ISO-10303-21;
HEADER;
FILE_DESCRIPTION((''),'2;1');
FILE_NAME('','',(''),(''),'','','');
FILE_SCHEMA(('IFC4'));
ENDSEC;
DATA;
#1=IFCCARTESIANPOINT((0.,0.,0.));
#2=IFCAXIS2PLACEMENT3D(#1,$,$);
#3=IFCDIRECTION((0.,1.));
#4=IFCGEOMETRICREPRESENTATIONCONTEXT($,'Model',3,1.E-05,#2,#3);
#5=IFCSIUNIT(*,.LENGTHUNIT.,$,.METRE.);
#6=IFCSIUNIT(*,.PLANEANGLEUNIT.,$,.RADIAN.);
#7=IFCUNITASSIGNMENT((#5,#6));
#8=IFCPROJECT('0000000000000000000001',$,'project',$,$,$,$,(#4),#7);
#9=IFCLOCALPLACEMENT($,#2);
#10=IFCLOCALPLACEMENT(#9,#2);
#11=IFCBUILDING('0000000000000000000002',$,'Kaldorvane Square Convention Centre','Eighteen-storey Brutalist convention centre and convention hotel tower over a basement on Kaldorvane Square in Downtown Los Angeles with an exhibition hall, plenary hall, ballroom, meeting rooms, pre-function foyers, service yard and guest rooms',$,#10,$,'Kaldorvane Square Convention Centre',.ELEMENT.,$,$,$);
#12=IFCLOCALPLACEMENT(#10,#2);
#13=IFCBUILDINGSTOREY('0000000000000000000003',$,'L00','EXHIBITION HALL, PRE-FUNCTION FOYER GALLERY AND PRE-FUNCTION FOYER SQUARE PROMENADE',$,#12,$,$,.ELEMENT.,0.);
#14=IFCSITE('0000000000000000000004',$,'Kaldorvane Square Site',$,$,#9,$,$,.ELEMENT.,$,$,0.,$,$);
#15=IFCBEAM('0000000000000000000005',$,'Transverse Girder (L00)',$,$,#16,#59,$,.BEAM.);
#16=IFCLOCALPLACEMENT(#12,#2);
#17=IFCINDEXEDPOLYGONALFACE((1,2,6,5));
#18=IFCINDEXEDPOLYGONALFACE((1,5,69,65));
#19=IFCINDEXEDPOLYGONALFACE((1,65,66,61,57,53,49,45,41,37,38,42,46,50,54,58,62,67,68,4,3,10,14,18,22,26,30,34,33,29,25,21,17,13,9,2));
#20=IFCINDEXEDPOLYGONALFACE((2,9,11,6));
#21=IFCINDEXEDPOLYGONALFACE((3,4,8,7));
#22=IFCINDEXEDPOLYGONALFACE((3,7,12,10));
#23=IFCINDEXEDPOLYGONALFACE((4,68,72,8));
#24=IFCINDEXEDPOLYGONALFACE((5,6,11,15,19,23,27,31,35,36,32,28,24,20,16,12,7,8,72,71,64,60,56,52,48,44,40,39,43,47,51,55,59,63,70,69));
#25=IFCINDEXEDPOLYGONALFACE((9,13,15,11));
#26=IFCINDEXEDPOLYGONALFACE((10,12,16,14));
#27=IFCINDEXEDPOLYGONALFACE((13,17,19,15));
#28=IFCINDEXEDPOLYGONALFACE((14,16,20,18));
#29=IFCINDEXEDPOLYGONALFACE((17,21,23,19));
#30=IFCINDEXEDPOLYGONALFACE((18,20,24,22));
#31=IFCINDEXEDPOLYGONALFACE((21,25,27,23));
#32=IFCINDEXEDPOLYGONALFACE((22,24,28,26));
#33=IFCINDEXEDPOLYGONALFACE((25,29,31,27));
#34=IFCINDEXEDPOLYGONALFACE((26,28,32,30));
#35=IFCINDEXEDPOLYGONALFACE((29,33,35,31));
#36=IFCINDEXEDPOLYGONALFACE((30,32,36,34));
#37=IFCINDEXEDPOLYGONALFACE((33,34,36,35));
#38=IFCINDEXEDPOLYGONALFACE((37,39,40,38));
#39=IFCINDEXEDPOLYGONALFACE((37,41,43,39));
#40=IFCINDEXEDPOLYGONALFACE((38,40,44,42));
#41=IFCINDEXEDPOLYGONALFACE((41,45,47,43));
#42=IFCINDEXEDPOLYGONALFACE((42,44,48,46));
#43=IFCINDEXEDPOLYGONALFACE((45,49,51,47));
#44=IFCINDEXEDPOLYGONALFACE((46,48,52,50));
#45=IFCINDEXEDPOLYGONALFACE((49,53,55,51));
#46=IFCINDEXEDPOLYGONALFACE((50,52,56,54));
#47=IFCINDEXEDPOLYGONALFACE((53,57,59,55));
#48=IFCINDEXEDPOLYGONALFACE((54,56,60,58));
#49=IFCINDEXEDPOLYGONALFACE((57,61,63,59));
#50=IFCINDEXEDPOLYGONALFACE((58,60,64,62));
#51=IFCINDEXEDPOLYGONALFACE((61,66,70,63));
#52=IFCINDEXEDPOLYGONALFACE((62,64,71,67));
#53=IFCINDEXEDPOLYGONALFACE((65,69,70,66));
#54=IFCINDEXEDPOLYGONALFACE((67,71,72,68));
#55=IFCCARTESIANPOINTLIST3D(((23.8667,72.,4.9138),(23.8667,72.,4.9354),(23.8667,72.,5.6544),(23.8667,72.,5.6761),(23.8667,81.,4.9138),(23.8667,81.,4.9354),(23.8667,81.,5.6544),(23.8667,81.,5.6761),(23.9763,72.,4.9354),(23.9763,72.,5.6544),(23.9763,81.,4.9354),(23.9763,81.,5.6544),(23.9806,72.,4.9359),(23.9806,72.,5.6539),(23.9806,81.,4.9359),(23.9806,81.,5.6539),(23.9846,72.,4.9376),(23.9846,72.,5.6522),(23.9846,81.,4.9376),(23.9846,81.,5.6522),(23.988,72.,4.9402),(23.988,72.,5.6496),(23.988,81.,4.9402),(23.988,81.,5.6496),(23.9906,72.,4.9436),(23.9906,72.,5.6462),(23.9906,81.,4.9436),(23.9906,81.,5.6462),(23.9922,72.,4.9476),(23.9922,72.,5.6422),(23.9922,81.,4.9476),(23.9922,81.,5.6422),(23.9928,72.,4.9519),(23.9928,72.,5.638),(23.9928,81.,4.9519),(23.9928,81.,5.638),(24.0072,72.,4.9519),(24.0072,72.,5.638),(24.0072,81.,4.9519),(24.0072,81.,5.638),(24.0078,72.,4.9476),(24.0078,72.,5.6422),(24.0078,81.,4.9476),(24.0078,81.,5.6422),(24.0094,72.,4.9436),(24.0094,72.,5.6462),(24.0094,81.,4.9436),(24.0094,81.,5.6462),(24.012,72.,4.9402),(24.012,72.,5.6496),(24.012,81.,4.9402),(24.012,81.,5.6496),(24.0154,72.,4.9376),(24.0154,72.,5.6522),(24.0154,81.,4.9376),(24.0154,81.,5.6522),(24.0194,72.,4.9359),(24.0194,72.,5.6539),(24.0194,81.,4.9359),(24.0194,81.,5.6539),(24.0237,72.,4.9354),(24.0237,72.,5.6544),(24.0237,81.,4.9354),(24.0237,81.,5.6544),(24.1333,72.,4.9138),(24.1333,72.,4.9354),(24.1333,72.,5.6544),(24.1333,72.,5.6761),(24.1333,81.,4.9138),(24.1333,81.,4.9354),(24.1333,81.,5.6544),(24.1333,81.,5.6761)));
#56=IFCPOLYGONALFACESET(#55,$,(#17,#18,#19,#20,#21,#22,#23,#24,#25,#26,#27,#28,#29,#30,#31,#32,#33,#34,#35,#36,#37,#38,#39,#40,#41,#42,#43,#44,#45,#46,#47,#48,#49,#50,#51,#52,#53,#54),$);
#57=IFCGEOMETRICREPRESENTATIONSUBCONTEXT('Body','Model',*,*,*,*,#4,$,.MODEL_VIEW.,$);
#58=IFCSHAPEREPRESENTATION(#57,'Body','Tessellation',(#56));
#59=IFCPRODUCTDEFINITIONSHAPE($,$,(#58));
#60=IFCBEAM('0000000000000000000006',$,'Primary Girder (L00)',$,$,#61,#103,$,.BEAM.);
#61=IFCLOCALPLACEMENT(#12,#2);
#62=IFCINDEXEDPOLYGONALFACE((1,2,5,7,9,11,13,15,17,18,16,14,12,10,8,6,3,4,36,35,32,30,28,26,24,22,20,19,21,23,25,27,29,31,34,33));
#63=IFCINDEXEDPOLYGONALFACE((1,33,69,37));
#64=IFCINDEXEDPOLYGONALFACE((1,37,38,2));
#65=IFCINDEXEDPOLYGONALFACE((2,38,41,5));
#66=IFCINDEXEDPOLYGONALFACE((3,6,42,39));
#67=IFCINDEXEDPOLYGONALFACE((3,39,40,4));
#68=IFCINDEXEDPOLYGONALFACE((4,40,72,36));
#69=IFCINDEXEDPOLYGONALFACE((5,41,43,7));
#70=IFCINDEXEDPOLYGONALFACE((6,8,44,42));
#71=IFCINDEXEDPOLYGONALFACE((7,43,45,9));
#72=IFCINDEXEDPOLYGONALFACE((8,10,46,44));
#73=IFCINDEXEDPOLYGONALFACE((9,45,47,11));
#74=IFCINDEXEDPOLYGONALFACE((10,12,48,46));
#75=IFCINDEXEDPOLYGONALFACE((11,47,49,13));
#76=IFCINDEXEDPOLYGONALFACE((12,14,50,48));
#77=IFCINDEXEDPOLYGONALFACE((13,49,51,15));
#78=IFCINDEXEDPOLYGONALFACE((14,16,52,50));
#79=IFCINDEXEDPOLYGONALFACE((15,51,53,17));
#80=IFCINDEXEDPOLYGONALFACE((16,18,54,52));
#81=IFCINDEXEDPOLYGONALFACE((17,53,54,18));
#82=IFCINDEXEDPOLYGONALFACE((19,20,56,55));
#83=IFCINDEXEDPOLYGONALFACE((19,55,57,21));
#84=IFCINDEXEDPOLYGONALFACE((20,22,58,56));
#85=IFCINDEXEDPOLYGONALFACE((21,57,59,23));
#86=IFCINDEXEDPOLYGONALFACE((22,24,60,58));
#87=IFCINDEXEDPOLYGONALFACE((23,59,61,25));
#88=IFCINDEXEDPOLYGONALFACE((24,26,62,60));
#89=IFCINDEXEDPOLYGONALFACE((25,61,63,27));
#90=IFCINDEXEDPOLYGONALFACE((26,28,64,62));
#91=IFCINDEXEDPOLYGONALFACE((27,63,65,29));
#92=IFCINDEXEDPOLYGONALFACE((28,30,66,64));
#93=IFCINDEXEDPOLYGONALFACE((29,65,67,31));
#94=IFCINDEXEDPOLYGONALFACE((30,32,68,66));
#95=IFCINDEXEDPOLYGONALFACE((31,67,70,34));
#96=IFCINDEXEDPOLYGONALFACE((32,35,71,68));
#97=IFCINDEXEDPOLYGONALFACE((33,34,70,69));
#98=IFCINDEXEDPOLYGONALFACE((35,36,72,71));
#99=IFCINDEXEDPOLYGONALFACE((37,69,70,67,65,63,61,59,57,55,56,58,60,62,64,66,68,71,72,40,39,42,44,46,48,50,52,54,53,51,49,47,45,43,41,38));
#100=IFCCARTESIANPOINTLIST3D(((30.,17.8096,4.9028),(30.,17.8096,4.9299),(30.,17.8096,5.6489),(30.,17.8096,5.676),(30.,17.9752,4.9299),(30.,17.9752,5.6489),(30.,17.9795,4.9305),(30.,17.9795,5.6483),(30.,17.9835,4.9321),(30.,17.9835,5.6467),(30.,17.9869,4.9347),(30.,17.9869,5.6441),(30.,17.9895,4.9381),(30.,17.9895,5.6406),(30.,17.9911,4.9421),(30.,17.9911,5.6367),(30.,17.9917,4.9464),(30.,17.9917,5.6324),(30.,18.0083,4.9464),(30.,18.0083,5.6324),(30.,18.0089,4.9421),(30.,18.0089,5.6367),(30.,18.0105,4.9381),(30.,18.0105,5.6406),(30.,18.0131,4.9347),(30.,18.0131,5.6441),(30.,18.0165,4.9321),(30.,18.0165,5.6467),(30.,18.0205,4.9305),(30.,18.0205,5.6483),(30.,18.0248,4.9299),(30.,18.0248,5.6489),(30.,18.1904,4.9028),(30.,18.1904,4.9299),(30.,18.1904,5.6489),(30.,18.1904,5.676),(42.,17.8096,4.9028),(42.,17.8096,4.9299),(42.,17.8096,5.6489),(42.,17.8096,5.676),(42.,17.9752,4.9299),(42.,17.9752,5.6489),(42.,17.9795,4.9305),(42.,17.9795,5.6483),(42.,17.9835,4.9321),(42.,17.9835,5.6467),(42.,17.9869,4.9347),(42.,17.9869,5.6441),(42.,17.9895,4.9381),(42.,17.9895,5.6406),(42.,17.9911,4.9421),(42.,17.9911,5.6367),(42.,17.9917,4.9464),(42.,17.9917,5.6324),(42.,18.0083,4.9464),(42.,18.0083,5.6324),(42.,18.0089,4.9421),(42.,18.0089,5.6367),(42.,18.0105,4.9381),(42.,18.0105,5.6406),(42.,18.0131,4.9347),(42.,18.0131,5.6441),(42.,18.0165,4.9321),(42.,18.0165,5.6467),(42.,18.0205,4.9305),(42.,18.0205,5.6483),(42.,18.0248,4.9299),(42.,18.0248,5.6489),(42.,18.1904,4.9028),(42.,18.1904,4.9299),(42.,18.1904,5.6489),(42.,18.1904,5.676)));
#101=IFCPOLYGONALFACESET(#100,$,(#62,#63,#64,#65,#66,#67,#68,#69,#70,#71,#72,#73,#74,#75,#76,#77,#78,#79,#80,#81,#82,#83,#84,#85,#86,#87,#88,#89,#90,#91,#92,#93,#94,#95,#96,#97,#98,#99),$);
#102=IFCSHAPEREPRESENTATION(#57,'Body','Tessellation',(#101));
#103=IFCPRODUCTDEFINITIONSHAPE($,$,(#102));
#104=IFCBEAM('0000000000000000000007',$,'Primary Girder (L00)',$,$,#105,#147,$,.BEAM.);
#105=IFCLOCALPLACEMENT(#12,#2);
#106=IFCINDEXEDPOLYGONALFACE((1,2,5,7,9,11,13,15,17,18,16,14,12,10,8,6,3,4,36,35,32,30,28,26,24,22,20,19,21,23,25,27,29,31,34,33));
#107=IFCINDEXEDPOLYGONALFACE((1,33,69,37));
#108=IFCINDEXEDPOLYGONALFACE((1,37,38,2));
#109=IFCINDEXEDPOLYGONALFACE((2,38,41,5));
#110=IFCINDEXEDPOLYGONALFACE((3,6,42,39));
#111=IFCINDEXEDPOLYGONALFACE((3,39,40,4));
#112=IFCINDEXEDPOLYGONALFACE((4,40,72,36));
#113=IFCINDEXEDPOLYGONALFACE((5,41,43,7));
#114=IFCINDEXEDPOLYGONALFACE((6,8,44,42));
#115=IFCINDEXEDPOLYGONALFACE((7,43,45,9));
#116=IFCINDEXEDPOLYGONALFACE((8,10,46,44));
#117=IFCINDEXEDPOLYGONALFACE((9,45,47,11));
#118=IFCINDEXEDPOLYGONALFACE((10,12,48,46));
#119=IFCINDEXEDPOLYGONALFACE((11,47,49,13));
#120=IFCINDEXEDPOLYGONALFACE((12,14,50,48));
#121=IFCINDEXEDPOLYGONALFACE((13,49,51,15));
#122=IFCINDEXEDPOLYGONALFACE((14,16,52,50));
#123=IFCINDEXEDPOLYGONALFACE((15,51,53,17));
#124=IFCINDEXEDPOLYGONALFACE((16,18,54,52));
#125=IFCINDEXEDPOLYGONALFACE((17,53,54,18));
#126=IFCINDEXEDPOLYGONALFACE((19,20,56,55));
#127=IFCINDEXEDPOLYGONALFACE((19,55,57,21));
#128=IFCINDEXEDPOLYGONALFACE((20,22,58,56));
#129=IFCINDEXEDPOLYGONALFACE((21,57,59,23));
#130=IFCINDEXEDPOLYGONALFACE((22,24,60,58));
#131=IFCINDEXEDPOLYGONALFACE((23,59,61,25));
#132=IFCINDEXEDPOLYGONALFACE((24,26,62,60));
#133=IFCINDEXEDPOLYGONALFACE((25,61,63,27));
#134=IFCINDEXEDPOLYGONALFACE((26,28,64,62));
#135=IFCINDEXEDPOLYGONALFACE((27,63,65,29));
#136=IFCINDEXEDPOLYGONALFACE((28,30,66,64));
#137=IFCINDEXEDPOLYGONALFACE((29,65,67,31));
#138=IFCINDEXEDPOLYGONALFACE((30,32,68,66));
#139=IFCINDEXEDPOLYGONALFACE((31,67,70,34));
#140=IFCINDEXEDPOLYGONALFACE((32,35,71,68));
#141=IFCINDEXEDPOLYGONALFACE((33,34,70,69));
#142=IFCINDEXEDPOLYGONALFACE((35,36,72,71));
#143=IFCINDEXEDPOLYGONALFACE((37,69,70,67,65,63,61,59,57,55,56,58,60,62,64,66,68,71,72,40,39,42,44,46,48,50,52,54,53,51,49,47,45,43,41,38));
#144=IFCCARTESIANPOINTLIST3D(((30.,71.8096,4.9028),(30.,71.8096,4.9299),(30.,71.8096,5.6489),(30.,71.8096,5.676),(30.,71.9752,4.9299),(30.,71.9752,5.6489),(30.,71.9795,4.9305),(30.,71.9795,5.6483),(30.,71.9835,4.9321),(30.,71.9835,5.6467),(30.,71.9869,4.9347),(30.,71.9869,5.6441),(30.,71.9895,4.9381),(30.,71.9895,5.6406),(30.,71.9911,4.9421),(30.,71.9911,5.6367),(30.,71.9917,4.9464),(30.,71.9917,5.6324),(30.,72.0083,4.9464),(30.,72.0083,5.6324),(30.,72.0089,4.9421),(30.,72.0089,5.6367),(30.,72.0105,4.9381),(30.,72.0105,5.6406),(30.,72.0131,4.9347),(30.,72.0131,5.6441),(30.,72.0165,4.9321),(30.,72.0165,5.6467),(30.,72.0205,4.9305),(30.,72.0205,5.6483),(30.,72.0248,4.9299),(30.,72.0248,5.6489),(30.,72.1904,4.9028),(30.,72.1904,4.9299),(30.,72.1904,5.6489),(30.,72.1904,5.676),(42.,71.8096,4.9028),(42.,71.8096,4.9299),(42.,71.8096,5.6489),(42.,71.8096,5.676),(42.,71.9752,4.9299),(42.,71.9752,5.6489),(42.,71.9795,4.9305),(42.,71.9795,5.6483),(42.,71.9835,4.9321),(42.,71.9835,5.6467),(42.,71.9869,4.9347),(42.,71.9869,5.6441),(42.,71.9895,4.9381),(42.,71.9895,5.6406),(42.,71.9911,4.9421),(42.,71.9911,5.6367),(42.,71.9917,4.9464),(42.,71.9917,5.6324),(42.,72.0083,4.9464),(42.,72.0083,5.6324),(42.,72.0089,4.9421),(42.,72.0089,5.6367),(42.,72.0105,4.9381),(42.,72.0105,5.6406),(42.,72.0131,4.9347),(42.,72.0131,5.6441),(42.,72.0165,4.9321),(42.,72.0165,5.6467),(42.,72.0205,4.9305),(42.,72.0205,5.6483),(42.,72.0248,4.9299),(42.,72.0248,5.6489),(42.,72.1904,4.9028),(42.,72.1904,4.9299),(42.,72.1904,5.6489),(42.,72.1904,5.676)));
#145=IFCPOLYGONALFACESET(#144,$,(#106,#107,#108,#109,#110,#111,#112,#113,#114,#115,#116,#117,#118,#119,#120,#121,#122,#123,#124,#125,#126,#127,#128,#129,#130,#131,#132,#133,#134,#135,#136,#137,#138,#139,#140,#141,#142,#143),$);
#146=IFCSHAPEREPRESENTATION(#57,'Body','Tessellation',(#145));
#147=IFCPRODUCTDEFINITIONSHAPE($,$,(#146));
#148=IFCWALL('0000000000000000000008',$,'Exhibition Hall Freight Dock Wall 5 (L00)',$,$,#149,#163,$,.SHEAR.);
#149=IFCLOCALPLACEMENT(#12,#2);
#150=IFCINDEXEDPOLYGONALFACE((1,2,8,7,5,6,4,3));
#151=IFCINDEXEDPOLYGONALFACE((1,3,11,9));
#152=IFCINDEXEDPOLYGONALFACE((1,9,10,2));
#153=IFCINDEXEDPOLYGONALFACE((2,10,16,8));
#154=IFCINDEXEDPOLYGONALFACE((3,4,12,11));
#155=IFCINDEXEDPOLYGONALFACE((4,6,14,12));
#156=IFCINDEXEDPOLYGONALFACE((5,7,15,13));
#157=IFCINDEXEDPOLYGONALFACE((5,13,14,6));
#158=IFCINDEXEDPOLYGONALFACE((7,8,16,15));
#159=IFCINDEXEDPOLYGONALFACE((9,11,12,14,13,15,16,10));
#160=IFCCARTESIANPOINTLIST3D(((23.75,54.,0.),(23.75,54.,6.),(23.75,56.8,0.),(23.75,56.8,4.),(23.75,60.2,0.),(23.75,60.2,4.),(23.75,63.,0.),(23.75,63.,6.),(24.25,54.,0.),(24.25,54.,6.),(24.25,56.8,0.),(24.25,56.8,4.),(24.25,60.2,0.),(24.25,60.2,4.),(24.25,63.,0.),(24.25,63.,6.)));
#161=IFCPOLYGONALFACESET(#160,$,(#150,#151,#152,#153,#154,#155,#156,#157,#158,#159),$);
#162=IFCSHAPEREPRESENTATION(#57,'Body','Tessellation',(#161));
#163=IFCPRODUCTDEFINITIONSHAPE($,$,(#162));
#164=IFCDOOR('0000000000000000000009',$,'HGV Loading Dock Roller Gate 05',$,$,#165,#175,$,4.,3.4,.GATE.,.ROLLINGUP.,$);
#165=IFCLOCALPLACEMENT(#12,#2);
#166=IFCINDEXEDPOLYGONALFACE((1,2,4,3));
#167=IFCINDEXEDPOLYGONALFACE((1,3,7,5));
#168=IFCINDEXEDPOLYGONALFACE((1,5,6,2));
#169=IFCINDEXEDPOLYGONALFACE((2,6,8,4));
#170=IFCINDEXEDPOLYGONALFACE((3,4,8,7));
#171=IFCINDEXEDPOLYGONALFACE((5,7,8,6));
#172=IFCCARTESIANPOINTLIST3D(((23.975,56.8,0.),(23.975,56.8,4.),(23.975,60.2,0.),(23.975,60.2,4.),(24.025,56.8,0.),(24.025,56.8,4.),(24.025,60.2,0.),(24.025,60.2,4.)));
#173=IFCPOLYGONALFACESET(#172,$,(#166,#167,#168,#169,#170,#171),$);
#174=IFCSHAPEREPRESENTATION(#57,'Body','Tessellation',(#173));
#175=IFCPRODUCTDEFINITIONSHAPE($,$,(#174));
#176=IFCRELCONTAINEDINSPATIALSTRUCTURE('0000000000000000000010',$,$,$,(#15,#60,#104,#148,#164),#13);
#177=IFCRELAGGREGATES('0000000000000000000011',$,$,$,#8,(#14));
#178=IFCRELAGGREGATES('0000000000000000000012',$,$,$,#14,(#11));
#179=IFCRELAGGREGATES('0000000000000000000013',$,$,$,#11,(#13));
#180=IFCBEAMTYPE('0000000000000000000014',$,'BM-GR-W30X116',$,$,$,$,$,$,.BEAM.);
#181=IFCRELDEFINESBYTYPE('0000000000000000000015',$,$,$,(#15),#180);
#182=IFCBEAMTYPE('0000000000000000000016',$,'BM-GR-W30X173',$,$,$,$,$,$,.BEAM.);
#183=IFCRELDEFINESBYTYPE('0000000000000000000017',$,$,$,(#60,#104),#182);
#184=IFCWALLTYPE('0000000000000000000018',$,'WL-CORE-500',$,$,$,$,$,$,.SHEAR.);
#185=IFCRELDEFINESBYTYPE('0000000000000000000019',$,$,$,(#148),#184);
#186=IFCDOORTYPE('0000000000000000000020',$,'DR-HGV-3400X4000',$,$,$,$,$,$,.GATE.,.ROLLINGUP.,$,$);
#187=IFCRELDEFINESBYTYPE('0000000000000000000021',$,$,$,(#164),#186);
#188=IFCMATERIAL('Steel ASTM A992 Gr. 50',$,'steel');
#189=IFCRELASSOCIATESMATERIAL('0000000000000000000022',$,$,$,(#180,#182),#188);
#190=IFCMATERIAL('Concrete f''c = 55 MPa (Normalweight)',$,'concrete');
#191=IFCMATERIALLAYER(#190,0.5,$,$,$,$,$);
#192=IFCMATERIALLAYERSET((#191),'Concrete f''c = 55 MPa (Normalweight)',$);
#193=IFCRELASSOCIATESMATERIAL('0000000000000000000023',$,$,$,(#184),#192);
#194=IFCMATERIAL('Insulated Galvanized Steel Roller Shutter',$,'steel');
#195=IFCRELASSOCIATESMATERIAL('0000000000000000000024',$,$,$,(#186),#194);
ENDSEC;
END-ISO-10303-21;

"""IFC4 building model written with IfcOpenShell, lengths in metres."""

from ifc_helpers import new_model, si_unit, direction, frame, frame_2d, origin, origin_2d, place, context, subcontext, project, spatial, rectangle, i_section, extrude, material, layer, layer_set, material_profile, profile_set, type_object, element, fill, save


model = new_model("IFC4")

# Units and contexts
model_context = context("Model", 3, precision=1e-05, world=origin(), true_north=direction((0.0, 1.0)))
body_context = subcontext(model_context, "Body", "Model", "MODEL_VIEW")
ifc_project = project(units=[si_unit("LENGTHUNIT", "METRE"), si_unit("PLANEANGLEUNIT", "RADIAN")], contexts=[model_context])

# Site, building, storey
site_placement = place(None, origin())
site = spatial("IfcSite", under=ifc_project, at=site_placement, Name="Kaldorvane Square Site", CompositionType="ELEMENT", RefElevation=0.0)
building_placement = place(site_placement, origin())
building = spatial("IfcBuilding", under=site, at=building_placement, Name="Kaldorvane Square Convention Centre", Description="Eighteen-storey Brutalist convention centre and convention hotel tower over a basement on Kaldorvane Square in Downtown Los Angeles with an exhibition hall, plenary hall, ballroom, meeting rooms, pre-function foyers, service yard and guest rooms", LongName="Kaldorvane Square Convention Centre", CompositionType="ELEMENT")
storey_placement = place(building_placement, origin())
storey = spatial("IfcBuildingStorey", under=building, at=storey_placement, Name="L00", Description="EXHIBITION HALL, PRE-FUNCTION FOYER GALLERY AND PRE-FUNCTION FOYER SQUARE PROMENADE", CompositionType="ELEMENT", Elevation=0.0)

# Shared definitions
ifc_material_1 = material(Name="Concrete f'c = 55 MPa (Normalweight)", Category="concrete")
ifc_material_2 = material(Name="Steel ASTM A992 Gr. 50", Category="steel")

# Beams
ifc_material_profile_1 = material_profile(ifc_material_2, i_section(OverallWidth=0.2666, OverallDepth=0.7623, WebThickness=0.0144, FlangeThickness=0.0216, FilletRadius=0.0165, at=origin_2d()), Name="W30X116")
ifc_profile_set_1 = profile_set([ifc_material_profile_1], Name="Steel ASTM A992 Gr. 50")
beam_type_1 = type_object("IfcBeamType", Name="BM-GR-W30X116", PredefinedType="BEAM", material=ifc_profile_set_1)
for number, where, z_axis, x_axis, name in (
    (1, (24.0, 72.0, 5.2949), (0.0, 1.0, 0.0), (-1.0, 0.0, 0.0), "Transverse Girder (L00)"),
):
    element("IfcBeam", number, at=place(storey_placement, frame(where, z_axis=z_axis, x_axis=x_axis)), inside=storey, type_object=beam_type_1, Name=name, PredefinedType="BEAM", context=body_context, shape_type="SweptSolid", body=[
        extrude(i_section(OverallWidth=0.2666, OverallDepth=0.7623, WebThickness=0.0144, FlangeThickness=0.0216, FilletRadius=0.0165, at=origin_2d()), origin(), (0.0, 0.0, 1.0), 9.0),
    ])
ifc_material_profile_2 = material_profile(ifc_material_2, i_section(OverallWidth=0.3807, OverallDepth=0.7732, WebThickness=0.0166, FlangeThickness=0.0271, FilletRadius=0.0165, at=origin_2d()), Name="W30X173")
ifc_profile_set_2 = profile_set([ifc_material_profile_2], Name="Steel ASTM A992 Gr. 50")
beam_type_2 = type_object("IfcBeamType", Name="BM-GR-W30X173", PredefinedType="BEAM", material=ifc_profile_set_2)
for number, where, z_axis, x_axis, name in (
    (2, (30.0, 18.0, 5.2894), (1.0, 0.0, 0.0), (0.0, 1.0, 0.0), "Primary Girder (L00)"),
    (3, (30.0, 72.0, 5.2894), (1.0, 0.0, 0.0), (0.0, 1.0, 0.0), "Primary Girder (L00)"),
):
    element("IfcBeam", number, at=place(storey_placement, frame(where, z_axis=z_axis, x_axis=x_axis)), inside=storey, type_object=beam_type_2, Name=name, PredefinedType="BEAM", context=body_context, shape_type="SweptSolid", body=[
        extrude(i_section(OverallWidth=0.3807, OverallDepth=0.7732, WebThickness=0.0166, FlangeThickness=0.0271, FilletRadius=0.0165, at=origin_2d()), origin(), (0.0, 0.0, 1.0), 12.0),
    ])

# Wall, opening, door
ifc_layer_1 = layer(ifc_material_1, 0.5)
ifc_layer_set_1 = layer_set([ifc_layer_1], Name="Concrete f'c = 55 MPa (Normalweight)")
wall_type_1 = type_object("IfcWallType", Name="WL-CORE-500", PredefinedType="SHEAR", material=ifc_layer_set_1)
ifc_material_3 = material(Name="Insulated Galvanized Steel Roller Shutter", Category="steel")
wall_1_placement = place(storey_placement, frame((24.0, 63.0, 0.0), z_axis=(0.0, 0.0, 1.0), x_axis=(0.0, -1.0, 0.0)))
wall_1 = element("IfcWall", 4, at=wall_1_placement, inside=storey, type_object=wall_type_1, Name="Exhibition Hall Freight Dock Wall 5 (L00)", PredefinedType="SHEAR", context=body_context, shape_type="SweptSolid", body=[
    extrude(rectangle(XDim=9.0, YDim=0.5, at=frame_2d((4.5, 0.0))), origin(), (0.0, 0.0, 1.0), 6.0),
])
opening_1_placement = place(wall_1_placement, frame((2.8, 0.0, 0.0)))
opening_1 = element("IfcOpeningElement", 5, at=opening_1_placement, cuts=wall_1, PredefinedType="OPENING", context=body_context, shape_type="SweptSolid", body=[
    extrude(rectangle(XDim=3.4, YDim=4.0, at=frame_2d((1.7, 2.0))), frame((0.0, 0.265, 0.0), z_axis=(0.0, -1.0, 0.0), x_axis=(1.0, 0.0, 0.0)), (0.0, 0.0, 1.0), 0.53),
])
door_type_1 = type_object("IfcDoorType", Name="DR-HGV-3400X4000", OperationType="ROLLINGUP", PredefinedType="GATE", material=ifc_material_3)
door_1_placement = place(opening_1_placement, origin())
door_1 = element("IfcDoor", 6, at=door_1_placement, inside=storey, type_object=door_type_1, Name="HGV Loading Dock Roller Gate 05", OperationType="ROLLINGUP", OverallHeight=4.0, OverallWidth=3.4, PredefinedType="GATE", context=body_context, shape_type="SweptSolid", body=[
    extrude(rectangle(XDim=3.4, YDim=4.0, at=frame_2d((1.7, 2.0))), frame((0.0, 0.025, 0.0), z_axis=(0.0, -1.0, 0.0), x_axis=(1.0, 0.0, 0.0)), (0.0, 0.0, 1.0), 0.05),
])
fill(opening_1, door_1)

save(model, "model.ifc")
